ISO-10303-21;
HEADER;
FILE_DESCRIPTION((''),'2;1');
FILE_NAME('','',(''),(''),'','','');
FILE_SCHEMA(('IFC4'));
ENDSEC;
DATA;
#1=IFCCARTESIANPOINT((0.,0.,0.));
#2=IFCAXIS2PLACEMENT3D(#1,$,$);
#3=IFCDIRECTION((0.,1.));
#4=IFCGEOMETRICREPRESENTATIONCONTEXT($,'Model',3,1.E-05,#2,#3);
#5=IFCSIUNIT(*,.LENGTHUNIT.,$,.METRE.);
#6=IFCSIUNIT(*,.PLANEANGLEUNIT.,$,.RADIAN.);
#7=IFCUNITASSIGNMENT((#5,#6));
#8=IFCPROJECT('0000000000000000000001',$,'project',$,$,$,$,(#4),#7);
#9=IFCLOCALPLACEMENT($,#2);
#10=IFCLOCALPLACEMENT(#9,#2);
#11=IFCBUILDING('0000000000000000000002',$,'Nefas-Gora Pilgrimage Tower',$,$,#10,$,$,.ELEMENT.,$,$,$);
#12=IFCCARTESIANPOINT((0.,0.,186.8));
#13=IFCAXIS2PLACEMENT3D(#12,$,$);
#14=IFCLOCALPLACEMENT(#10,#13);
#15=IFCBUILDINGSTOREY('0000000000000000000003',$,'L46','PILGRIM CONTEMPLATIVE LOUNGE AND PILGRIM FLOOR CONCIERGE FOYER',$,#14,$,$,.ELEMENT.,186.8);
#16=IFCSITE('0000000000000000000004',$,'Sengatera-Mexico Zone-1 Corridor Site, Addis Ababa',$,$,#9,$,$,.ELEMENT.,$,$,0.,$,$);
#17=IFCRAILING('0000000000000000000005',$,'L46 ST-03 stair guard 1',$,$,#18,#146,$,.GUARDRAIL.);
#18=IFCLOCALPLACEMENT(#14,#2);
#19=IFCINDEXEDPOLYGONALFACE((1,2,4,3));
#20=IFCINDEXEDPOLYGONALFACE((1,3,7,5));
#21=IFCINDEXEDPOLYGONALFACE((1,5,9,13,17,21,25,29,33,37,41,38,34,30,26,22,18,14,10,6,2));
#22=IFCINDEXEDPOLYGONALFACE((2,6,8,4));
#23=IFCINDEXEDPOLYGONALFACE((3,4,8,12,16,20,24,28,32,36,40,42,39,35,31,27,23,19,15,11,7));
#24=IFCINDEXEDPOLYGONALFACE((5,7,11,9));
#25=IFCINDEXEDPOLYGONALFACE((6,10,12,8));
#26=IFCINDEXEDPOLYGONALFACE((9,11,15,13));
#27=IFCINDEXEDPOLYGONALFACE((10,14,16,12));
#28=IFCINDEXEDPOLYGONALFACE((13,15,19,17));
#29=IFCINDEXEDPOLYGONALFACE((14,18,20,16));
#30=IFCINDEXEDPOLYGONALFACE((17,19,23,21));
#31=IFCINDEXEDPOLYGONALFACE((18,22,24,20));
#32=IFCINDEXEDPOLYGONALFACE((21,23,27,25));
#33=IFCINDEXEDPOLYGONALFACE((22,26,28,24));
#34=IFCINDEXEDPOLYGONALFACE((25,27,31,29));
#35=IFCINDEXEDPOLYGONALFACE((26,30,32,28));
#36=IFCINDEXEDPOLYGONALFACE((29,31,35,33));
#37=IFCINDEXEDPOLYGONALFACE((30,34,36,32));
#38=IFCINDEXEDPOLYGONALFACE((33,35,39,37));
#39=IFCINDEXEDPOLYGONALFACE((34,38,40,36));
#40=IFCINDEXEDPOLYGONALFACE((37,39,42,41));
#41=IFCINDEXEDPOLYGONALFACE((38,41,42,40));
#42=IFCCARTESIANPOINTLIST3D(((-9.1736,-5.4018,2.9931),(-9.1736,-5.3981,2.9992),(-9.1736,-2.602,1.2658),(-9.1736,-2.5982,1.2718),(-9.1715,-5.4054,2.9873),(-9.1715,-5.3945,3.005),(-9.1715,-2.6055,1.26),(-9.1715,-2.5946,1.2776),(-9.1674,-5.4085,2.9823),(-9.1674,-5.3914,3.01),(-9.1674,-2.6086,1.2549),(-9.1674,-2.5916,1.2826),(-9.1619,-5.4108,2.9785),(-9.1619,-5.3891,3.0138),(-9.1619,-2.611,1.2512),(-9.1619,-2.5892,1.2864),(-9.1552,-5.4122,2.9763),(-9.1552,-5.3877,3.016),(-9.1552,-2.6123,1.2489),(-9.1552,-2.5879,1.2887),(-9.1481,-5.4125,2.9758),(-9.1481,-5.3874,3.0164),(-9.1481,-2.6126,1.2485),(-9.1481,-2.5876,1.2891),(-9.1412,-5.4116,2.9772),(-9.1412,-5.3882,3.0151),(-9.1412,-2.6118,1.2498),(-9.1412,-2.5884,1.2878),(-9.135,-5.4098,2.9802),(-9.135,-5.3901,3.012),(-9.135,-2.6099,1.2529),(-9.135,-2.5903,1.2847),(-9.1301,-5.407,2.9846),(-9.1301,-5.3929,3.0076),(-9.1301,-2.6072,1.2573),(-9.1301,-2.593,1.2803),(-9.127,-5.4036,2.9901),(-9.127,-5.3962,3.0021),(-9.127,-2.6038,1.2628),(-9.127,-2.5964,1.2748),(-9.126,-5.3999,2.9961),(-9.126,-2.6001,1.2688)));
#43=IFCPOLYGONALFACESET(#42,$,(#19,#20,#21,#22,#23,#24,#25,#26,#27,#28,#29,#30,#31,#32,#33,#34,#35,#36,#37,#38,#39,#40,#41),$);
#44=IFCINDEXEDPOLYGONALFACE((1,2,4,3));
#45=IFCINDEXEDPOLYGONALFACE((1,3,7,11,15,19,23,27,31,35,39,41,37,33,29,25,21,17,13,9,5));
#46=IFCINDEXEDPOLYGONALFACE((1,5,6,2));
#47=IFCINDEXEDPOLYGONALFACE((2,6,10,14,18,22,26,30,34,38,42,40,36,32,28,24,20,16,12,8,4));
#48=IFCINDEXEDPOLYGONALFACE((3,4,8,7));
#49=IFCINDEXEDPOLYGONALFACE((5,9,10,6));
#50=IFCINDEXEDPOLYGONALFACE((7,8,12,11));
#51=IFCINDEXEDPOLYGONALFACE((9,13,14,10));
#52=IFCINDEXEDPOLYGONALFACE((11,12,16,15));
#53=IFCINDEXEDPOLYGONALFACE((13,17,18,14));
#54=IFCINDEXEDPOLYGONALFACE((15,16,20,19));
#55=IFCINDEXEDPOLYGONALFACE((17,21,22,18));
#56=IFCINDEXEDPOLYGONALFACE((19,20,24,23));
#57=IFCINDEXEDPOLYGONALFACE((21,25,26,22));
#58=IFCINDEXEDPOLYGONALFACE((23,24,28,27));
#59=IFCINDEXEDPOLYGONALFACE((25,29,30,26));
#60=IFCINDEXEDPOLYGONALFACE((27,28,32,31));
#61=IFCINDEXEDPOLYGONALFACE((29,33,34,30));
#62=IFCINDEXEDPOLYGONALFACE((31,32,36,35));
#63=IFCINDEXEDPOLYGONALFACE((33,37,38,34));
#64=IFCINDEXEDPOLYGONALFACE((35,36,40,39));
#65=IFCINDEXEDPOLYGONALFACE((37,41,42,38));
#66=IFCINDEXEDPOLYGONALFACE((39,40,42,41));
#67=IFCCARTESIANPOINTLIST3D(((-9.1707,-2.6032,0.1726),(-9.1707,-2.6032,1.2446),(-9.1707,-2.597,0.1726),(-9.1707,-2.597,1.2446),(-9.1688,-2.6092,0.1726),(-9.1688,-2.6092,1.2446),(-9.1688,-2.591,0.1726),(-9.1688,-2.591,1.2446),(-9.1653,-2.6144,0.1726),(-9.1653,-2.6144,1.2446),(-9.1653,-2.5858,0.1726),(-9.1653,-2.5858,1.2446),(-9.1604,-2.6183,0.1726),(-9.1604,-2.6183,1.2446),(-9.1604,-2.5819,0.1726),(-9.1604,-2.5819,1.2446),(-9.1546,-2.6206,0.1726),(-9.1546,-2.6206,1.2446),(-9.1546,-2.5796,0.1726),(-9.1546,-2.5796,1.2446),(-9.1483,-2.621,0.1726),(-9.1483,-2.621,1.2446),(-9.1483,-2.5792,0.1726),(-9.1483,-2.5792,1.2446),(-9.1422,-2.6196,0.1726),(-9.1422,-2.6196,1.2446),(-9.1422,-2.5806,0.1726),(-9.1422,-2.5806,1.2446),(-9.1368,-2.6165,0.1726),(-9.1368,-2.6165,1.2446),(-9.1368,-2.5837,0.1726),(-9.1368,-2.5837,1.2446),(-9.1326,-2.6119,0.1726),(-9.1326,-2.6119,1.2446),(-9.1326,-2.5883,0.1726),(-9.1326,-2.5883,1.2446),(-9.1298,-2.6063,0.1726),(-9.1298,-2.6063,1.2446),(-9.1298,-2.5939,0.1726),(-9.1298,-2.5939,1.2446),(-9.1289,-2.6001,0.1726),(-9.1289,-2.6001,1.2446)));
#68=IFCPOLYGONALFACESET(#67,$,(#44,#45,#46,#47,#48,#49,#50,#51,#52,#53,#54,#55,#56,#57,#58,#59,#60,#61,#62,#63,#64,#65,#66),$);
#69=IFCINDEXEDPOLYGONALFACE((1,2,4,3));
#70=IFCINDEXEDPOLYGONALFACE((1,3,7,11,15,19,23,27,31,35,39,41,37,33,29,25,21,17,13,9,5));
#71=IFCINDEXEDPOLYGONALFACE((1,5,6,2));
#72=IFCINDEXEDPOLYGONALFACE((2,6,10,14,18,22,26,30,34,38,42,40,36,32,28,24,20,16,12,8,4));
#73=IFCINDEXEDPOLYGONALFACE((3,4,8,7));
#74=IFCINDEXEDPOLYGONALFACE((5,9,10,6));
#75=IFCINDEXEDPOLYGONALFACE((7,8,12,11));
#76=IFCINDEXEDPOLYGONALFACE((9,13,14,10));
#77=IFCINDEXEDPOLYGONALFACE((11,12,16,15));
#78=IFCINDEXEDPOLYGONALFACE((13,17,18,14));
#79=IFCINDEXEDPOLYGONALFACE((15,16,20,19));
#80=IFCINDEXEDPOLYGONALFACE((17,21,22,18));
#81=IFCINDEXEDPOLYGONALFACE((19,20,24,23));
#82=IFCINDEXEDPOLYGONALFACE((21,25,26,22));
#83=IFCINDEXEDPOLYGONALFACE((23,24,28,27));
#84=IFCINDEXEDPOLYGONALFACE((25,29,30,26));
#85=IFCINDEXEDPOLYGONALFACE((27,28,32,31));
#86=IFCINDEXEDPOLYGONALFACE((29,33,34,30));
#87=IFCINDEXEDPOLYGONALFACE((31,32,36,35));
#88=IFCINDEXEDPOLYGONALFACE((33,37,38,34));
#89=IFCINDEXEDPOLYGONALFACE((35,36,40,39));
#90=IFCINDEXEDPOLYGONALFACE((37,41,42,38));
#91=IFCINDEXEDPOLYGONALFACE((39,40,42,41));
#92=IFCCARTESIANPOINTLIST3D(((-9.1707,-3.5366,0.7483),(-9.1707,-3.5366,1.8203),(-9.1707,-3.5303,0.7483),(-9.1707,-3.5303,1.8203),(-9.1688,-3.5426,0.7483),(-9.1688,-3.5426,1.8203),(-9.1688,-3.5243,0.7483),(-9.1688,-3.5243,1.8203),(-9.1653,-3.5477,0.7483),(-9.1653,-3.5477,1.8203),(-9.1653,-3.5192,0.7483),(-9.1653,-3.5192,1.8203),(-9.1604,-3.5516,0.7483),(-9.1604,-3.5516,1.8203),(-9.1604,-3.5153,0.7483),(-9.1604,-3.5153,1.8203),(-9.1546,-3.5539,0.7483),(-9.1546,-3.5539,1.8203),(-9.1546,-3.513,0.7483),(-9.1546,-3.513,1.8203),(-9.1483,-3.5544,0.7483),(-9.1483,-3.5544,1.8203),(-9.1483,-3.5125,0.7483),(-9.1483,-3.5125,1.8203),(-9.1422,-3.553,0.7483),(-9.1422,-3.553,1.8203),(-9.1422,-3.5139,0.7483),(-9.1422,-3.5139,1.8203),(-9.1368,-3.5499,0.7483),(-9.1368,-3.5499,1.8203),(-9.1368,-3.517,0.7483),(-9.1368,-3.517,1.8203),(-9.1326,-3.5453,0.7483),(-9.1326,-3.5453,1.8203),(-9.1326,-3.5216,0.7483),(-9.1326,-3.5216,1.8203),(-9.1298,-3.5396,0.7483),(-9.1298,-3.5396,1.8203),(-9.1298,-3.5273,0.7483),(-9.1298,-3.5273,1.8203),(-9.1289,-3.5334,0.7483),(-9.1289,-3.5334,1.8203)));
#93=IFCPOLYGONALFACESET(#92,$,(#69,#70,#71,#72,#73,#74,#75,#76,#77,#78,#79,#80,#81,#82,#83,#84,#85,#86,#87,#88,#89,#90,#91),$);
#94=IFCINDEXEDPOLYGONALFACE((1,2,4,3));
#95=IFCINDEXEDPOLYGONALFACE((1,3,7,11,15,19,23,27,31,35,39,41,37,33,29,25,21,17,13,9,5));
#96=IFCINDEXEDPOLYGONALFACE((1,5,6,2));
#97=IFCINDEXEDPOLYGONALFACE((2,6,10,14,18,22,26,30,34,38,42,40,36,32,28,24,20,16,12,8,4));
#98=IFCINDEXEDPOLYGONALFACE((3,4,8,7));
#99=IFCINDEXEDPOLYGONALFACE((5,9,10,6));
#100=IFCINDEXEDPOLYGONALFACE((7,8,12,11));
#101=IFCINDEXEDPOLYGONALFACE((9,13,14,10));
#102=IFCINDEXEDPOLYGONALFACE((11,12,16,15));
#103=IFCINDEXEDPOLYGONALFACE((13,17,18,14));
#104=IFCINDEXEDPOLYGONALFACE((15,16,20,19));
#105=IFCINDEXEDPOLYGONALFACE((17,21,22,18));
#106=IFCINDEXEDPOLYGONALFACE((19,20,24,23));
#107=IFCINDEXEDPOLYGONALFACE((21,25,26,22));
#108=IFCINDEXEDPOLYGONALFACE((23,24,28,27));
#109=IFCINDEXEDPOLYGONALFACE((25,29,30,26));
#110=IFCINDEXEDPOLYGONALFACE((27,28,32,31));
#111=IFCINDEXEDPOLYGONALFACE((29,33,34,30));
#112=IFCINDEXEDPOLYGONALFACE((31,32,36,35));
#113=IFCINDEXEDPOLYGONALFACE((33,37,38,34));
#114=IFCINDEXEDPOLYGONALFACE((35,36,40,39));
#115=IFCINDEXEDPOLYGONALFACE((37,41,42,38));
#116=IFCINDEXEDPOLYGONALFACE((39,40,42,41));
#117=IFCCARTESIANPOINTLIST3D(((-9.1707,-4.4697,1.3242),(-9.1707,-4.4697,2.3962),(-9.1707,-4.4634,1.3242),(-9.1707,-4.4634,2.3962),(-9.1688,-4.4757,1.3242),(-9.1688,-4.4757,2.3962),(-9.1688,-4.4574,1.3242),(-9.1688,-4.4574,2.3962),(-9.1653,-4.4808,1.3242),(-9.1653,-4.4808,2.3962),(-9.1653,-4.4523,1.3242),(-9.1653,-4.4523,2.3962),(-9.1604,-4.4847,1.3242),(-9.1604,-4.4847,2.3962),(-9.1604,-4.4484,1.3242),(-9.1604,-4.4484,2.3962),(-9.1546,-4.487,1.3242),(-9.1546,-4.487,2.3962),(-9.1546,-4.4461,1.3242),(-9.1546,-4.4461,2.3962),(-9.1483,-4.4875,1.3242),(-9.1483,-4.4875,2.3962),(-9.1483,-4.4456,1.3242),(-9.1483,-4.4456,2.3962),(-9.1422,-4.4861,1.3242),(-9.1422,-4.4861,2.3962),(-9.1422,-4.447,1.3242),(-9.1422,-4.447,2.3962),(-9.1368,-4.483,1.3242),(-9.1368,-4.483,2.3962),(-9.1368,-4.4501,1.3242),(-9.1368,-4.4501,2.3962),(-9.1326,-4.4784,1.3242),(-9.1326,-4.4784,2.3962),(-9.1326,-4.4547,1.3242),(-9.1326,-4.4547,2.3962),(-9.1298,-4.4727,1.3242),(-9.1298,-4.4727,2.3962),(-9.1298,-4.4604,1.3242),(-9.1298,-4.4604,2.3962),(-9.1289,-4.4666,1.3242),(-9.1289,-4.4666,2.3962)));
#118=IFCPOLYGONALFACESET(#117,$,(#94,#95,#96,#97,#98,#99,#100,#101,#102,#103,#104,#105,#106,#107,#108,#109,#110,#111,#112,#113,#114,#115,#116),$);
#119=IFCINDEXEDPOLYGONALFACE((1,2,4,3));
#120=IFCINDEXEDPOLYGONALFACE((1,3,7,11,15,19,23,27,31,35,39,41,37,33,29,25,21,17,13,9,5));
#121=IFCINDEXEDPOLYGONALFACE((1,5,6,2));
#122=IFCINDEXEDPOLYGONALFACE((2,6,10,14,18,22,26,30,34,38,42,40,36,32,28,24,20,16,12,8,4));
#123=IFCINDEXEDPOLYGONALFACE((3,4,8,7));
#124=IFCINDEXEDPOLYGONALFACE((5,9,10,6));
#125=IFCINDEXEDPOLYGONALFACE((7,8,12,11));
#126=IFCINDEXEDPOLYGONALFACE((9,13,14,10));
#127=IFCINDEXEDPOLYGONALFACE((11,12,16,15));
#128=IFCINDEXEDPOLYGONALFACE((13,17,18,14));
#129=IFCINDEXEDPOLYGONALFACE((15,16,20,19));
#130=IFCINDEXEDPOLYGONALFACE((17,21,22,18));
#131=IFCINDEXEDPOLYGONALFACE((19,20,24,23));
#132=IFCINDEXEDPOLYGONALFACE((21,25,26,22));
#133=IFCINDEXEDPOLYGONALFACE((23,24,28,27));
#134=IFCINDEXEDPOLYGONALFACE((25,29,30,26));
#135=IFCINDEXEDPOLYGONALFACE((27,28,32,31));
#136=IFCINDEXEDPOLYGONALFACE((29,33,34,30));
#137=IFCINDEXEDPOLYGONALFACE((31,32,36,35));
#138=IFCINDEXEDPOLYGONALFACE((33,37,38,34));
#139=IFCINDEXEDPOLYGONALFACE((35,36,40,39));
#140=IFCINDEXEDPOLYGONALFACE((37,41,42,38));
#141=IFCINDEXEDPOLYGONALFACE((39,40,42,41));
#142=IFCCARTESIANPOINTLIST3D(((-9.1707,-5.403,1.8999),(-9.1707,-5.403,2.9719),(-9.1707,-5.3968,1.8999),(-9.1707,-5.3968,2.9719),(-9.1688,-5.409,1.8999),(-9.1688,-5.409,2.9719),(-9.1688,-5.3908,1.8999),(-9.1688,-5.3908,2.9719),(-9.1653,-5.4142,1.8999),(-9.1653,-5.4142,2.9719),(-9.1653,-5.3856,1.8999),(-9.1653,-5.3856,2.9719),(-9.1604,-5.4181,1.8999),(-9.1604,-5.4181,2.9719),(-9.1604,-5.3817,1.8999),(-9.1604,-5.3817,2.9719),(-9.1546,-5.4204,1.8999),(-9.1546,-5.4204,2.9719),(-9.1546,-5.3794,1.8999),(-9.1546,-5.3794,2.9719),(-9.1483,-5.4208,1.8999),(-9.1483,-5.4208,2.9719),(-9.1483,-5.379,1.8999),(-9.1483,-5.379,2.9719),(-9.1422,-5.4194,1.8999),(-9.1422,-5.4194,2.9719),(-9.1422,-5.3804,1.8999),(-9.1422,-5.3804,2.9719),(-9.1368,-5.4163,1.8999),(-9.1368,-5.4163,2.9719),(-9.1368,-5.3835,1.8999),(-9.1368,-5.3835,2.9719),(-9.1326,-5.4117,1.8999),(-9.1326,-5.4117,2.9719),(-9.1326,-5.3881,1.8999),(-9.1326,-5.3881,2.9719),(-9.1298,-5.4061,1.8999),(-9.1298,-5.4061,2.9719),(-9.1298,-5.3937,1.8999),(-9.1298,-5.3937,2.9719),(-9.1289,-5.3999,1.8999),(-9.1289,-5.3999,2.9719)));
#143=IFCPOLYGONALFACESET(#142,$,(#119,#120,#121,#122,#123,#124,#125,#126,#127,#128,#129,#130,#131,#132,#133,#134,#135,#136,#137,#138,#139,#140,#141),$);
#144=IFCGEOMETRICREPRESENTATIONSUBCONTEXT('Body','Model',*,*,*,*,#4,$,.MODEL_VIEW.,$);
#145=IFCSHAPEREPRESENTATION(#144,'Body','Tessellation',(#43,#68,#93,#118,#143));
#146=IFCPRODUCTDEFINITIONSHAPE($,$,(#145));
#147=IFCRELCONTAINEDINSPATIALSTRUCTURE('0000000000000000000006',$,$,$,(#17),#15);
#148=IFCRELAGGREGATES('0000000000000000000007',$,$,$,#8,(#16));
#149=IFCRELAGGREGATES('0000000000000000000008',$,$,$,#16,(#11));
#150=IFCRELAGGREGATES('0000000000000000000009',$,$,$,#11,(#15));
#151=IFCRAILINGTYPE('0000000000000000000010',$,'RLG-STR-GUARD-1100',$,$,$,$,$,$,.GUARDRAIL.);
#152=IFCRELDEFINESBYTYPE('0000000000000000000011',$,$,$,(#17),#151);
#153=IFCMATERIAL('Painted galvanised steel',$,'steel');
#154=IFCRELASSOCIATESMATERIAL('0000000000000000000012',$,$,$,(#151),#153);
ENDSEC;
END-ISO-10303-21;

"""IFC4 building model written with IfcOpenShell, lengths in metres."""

from ifc_helpers import new_model, si_unit, direction, frame, origin, origin_2d, place, context, subcontext, project, spatial, circle, extrude, material, type_object, element, save


model = new_model("IFC4")

# Units and contexts
model_context = context("Model", 3, precision=1e-05, world=origin(), true_north=direction((0.0, 1.0)))
body_context = subcontext(model_context, "Body", "Model", "MODEL_VIEW")
ifc_project = project(units=[si_unit("LENGTHUNIT", "METRE"), si_unit("PLANEANGLEUNIT", "RADIAN")], contexts=[model_context])

# Site, building, storey
site_placement = place(None, origin())
site = spatial("IfcSite", under=ifc_project, at=site_placement, Name="Sengatera-Mexico Zone-1 Corridor Site, Addis Ababa", CompositionType="ELEMENT", RefElevation=0.0)
building_placement = place(site_placement, origin())
building = spatial("IfcBuilding", under=site, at=building_placement, Name="Nefas-Gora Pilgrimage Tower", CompositionType="ELEMENT")
storey_placement = place(building_placement, frame((0.0, 0.0, 186.8)))
storey = spatial("IfcBuildingStorey", under=building, at=storey_placement, Name="L46", Description="PILGRIM CONTEMPLATIVE LOUNGE AND PILGRIM FLOOR CONCIERGE FOYER", CompositionType="ELEMENT", Elevation=186.8)

# Railing
ifc_material_1 = material(Name="Painted galvanised steel", Category="steel")
railing_type_1 = type_object("IfcRailingType", Name="RLG-STR-GUARD-1100", PredefinedType="GUARDRAIL", material=ifc_material_1)
railing_1_placement = place(storey_placement, frame((-9.1499, -2.6001, 0.1726)))
element("IfcRailing", 1, at=railing_1_placement, inside=storey, type_object=railing_type_1, Name="L46 ST-03 stair guard 1", PredefinedType="GUARDRAIL", context=body_context, shape_type="SweptSolid", body=[
    extrude(circle(Radius=0.0239, at=origin_2d()), frame((0.0, 0.0, 1.0962), z_axis=(0.0, -0.851069, 0.525054), x_axis=(1.0, 0.0, 0.0)), (0.0, 0.0, 1.0), 3.2898),
    extrude(circle(Radius=0.021, at=origin_2d()), origin(), (0.0, 0.0, 1.0), 1.072),
    extrude(circle(Radius=0.021, at=origin_2d()), frame((0.0, -0.9333, 0.5757)), (0.0, 0.0, 1.0), 1.072),
    extrude(circle(Radius=0.021, at=origin_2d()), frame((0.0, -1.8665, 1.1516)), (0.0, 0.0, 1.0), 1.072),
    extrude(circle(Radius=0.021, at=origin_2d()), frame((0.0, -2.7998, 1.7273)), (0.0, 0.0, 1.0), 1.072),
])

save(model, "model.ifc")
